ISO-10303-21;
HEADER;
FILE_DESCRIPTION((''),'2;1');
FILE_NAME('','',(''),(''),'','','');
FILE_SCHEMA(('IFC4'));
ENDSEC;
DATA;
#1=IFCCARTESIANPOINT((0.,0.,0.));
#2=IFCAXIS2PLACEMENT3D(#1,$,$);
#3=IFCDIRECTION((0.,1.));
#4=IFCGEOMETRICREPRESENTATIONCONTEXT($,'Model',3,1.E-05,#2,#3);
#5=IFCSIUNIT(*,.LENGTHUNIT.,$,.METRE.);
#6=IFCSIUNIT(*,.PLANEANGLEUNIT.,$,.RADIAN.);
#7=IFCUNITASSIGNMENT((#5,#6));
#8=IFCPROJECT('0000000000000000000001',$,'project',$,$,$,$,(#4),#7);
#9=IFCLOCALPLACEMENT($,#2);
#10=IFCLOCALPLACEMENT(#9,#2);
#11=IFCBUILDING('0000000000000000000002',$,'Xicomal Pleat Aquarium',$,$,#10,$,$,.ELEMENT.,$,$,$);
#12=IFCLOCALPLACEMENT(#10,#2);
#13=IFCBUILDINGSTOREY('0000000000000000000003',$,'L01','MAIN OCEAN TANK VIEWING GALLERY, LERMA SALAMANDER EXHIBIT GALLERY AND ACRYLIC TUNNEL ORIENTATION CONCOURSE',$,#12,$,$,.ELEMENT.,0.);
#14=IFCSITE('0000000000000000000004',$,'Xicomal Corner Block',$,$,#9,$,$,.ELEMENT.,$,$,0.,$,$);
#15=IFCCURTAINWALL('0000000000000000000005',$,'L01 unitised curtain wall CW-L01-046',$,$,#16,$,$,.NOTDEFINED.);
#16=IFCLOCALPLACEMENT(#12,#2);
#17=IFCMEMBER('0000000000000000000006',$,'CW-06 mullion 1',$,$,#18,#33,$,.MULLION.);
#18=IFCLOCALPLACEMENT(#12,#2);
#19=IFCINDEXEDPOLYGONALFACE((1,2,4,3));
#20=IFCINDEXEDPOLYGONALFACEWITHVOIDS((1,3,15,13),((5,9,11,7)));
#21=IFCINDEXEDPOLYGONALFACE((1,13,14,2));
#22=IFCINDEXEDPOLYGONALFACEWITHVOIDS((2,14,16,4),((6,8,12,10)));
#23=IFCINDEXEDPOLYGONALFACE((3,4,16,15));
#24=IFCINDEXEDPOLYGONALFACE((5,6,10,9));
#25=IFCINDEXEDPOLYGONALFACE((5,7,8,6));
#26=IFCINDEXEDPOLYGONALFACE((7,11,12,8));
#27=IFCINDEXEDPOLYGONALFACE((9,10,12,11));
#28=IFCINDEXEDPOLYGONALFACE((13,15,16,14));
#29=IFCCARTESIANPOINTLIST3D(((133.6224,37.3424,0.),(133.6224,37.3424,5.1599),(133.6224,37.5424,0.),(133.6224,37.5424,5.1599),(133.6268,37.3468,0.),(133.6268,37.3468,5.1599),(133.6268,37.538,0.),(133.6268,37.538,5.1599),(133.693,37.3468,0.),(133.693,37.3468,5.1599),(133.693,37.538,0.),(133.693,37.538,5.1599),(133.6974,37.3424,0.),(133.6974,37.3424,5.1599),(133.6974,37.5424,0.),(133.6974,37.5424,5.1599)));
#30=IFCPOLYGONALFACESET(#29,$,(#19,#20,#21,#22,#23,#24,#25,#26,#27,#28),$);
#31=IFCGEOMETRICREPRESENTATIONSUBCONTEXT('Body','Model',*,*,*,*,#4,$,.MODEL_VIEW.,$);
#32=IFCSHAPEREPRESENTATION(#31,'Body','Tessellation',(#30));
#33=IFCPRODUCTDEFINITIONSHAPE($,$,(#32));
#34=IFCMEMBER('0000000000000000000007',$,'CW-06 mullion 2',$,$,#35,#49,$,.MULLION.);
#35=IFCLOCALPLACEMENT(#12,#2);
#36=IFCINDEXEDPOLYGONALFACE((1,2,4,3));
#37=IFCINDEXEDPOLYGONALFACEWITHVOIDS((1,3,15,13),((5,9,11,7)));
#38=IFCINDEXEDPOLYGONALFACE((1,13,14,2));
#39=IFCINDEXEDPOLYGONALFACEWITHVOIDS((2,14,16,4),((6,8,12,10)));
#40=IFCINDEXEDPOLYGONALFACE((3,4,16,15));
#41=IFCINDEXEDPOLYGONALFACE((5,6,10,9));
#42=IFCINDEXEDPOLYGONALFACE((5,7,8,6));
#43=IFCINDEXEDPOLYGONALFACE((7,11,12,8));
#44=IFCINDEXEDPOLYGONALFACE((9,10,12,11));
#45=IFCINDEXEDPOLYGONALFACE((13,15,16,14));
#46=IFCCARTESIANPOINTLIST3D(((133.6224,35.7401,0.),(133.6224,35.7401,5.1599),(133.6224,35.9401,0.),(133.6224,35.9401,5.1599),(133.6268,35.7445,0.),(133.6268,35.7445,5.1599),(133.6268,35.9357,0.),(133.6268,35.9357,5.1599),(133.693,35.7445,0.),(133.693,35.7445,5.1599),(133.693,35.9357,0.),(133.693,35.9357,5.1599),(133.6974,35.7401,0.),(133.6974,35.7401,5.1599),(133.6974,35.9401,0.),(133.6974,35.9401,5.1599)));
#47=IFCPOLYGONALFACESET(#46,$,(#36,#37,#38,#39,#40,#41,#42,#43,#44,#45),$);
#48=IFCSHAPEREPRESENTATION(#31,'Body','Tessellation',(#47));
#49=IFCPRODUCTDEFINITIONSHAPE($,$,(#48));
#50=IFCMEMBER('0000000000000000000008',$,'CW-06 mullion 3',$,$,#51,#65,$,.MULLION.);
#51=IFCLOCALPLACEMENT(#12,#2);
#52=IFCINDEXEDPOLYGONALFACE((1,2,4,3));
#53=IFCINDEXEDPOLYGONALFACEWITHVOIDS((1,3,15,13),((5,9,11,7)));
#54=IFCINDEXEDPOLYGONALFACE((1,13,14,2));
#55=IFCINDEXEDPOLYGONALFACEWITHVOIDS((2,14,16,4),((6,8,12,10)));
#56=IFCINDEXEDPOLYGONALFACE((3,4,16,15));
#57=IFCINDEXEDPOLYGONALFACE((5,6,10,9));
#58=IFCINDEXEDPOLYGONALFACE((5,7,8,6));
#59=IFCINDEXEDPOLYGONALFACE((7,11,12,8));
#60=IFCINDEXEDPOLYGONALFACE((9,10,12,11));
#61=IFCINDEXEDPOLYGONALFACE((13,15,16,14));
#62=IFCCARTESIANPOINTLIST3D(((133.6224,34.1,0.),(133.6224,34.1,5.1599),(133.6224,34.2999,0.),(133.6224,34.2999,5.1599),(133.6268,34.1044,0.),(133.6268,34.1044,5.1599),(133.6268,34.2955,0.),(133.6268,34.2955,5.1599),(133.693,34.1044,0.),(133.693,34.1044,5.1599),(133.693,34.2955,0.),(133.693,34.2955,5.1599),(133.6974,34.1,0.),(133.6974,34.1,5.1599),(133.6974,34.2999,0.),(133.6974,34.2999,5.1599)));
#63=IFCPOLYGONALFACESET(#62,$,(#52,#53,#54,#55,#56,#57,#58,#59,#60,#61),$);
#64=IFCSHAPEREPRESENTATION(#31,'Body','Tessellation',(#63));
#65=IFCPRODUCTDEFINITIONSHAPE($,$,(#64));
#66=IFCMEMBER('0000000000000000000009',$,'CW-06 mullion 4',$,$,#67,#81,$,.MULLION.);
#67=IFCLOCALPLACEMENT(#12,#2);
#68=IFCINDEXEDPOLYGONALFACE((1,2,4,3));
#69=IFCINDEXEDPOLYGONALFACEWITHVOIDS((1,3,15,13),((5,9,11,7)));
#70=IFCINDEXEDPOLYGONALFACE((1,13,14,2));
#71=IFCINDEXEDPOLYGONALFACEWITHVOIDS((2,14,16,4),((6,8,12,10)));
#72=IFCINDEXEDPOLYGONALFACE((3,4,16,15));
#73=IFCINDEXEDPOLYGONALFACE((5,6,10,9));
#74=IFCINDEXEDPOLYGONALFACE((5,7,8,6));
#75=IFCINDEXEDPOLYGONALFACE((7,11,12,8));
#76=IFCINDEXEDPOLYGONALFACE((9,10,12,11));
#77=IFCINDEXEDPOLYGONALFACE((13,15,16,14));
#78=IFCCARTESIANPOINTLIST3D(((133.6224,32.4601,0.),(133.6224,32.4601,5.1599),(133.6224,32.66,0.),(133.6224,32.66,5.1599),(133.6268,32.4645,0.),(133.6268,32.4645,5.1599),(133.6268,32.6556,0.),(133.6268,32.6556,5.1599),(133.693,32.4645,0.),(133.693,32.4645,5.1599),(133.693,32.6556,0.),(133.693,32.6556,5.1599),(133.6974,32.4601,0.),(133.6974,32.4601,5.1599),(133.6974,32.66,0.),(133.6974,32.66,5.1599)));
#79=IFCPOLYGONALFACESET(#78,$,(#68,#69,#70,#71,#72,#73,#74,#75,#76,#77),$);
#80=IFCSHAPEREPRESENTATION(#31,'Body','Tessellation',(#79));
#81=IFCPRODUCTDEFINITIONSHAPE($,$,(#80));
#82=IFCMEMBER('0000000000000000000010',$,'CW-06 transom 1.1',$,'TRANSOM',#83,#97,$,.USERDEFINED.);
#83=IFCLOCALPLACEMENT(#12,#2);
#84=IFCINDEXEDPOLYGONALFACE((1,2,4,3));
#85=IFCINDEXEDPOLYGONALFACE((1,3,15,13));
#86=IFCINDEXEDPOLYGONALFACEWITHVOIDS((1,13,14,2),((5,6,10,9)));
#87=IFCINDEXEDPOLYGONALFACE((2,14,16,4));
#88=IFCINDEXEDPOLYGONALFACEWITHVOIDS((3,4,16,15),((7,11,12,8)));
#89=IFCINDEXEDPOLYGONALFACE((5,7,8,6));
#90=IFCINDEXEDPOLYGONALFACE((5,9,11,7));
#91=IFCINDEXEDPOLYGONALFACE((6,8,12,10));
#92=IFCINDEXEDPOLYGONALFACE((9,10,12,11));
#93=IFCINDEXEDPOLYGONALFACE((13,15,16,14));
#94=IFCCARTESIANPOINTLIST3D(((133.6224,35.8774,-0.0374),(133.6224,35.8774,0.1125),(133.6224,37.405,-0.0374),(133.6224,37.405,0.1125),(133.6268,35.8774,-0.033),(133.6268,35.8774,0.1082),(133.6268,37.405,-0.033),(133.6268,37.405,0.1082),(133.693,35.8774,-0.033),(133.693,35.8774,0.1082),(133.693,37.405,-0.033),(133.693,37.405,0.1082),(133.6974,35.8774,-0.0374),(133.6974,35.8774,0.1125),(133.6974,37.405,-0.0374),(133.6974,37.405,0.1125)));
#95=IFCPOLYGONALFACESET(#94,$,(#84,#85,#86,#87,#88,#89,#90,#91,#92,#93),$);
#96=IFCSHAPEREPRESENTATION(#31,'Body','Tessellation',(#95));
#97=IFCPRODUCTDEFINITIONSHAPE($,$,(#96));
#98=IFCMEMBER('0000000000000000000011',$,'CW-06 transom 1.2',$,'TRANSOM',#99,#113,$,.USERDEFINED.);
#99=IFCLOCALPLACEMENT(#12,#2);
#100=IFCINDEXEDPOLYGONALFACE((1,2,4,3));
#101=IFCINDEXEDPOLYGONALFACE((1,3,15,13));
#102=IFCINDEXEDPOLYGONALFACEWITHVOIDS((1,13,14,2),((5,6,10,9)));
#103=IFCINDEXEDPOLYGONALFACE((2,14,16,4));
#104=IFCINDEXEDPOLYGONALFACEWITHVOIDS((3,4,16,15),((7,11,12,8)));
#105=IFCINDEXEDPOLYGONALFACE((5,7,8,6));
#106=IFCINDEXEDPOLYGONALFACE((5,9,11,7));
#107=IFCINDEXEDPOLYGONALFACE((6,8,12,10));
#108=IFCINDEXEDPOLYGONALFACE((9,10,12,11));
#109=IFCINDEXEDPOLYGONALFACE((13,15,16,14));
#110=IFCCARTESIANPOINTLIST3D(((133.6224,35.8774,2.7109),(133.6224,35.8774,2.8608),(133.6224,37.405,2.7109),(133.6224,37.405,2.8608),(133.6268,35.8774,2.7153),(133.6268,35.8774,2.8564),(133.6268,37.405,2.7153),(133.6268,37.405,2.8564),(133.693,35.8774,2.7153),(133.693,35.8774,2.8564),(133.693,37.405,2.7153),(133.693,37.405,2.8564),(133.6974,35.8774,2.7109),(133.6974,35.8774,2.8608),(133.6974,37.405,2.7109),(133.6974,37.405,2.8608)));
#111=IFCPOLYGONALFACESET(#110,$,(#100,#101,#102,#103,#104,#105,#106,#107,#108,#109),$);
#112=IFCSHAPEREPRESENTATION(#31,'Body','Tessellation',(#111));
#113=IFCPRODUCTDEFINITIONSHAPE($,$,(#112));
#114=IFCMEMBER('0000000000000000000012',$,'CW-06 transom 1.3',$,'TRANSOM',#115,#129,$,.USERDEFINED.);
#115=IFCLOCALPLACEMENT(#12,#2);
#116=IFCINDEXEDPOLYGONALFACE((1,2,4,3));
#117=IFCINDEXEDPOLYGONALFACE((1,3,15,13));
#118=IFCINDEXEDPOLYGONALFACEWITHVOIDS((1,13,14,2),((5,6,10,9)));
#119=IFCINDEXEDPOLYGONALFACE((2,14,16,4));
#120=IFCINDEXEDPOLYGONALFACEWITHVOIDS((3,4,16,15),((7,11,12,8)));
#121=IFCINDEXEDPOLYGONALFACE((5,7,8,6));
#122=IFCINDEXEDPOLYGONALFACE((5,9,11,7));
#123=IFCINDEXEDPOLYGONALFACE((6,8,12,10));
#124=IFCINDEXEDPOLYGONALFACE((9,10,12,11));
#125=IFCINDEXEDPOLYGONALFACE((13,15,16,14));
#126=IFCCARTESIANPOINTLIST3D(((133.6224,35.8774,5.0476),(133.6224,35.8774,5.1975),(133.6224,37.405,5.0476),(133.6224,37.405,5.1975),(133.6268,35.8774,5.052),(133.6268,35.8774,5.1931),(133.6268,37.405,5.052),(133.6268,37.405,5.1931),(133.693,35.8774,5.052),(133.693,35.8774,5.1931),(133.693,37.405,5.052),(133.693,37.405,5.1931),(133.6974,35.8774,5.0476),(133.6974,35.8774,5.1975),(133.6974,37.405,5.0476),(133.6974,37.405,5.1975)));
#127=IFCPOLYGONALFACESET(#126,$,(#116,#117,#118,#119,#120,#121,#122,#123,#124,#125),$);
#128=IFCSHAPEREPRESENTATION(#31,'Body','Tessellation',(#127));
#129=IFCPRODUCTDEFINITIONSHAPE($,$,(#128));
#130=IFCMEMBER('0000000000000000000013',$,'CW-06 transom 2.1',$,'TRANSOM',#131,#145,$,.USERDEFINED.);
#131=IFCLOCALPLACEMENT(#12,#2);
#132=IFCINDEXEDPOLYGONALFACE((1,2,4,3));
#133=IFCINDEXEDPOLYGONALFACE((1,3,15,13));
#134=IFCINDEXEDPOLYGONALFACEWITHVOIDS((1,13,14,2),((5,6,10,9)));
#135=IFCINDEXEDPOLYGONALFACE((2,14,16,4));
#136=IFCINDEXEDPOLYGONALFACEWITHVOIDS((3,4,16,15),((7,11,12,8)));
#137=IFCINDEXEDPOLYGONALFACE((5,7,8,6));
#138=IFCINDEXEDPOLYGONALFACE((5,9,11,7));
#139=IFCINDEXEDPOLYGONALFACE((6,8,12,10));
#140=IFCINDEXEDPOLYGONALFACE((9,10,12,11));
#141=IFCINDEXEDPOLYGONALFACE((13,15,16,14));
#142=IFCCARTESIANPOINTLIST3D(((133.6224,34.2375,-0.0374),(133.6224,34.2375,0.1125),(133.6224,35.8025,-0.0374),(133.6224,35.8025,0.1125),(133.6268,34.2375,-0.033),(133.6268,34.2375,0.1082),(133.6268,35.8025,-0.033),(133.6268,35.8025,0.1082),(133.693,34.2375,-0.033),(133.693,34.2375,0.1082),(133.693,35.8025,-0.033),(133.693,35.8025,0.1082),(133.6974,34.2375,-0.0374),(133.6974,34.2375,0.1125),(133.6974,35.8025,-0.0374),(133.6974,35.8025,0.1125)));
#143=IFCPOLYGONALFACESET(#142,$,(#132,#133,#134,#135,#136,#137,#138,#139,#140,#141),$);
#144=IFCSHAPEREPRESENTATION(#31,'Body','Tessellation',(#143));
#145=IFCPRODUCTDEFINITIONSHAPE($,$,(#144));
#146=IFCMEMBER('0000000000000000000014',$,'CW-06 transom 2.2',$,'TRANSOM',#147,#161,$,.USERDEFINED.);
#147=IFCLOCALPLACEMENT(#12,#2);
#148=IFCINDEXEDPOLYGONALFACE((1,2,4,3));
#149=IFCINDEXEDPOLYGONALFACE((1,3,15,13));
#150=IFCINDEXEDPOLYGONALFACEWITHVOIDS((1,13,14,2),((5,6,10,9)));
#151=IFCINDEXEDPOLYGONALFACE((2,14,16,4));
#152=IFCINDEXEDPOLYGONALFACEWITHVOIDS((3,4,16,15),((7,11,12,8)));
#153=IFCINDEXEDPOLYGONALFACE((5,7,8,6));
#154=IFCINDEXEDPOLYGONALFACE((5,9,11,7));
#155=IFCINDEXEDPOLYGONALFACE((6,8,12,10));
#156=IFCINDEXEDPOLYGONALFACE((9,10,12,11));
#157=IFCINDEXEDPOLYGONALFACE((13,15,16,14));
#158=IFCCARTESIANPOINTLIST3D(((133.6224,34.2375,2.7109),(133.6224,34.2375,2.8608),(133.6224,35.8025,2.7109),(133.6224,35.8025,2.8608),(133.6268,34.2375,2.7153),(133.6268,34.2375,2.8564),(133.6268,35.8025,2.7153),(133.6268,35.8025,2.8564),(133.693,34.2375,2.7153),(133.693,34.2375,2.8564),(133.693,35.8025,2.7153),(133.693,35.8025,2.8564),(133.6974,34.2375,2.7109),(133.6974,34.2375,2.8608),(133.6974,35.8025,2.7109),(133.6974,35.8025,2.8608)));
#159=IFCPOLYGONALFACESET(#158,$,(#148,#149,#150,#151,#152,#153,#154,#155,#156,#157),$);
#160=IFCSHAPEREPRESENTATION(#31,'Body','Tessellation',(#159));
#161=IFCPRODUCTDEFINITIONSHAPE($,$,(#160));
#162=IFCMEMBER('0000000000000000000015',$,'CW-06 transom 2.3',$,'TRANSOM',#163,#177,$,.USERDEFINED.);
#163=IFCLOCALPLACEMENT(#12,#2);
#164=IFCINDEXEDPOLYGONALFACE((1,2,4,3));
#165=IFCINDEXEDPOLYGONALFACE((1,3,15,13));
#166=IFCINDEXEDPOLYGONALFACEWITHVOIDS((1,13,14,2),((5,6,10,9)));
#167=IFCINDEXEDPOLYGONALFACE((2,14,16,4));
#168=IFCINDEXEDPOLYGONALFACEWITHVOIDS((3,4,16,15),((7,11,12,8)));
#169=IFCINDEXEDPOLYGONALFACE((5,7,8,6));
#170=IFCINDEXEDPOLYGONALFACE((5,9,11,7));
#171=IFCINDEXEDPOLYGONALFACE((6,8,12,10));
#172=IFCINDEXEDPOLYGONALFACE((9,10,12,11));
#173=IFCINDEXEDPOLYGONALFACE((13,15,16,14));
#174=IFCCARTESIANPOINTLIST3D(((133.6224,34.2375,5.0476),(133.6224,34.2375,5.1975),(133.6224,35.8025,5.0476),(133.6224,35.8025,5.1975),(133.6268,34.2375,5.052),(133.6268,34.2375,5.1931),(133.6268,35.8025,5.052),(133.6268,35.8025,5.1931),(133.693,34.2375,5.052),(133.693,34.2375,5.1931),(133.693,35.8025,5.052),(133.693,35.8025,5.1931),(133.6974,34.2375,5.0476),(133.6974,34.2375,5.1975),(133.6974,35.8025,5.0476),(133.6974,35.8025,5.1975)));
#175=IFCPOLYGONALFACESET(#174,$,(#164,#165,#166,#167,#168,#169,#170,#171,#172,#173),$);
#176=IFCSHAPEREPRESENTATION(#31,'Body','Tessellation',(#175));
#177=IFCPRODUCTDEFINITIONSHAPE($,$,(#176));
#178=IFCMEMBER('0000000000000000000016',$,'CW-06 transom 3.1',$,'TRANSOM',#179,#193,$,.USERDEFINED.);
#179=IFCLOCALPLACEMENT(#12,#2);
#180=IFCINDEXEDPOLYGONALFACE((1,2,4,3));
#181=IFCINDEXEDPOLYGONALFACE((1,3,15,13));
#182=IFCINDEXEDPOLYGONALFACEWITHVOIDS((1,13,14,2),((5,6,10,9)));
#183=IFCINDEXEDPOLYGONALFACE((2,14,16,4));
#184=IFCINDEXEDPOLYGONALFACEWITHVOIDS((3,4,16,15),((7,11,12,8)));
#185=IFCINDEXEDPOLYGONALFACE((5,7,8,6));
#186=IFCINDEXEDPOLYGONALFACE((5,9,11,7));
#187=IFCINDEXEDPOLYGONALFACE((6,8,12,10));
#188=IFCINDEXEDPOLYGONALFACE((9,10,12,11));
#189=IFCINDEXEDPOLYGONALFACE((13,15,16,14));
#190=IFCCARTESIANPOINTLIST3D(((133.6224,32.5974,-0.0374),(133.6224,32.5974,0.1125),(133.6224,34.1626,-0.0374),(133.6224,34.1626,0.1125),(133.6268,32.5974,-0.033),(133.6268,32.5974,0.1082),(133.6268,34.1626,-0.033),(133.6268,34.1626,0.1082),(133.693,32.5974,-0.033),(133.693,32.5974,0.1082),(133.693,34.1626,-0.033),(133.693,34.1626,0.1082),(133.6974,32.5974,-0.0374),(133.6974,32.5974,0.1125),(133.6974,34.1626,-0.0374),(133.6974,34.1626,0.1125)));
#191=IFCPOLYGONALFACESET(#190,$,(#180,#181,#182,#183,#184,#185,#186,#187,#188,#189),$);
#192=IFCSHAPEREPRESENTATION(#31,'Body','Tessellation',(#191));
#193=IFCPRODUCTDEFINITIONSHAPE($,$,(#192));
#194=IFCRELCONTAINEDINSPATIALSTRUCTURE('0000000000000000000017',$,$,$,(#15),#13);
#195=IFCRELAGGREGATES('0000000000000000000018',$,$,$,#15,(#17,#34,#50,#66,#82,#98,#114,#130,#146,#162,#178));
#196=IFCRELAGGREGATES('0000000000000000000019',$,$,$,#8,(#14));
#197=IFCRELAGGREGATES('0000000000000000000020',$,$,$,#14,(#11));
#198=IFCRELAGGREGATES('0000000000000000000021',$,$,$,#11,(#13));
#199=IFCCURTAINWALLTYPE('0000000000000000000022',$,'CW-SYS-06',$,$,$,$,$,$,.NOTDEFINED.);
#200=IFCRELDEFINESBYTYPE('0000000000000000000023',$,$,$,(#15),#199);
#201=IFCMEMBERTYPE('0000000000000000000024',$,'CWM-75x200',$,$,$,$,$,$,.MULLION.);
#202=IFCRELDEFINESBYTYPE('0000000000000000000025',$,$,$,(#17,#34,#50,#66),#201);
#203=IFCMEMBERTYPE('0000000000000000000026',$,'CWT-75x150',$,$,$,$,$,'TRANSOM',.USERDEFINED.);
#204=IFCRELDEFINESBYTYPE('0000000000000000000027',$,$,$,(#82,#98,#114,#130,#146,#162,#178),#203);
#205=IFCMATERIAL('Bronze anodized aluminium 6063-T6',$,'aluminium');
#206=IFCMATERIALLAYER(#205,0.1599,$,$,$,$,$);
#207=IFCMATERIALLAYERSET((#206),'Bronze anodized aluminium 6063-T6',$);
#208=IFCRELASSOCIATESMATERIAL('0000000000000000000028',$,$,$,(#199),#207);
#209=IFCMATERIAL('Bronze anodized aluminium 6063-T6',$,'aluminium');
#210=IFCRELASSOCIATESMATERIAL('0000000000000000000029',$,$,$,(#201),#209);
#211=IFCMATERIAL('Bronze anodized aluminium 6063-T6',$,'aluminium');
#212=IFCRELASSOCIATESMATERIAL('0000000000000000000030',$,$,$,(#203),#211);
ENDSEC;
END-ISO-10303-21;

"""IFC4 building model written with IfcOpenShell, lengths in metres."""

from ifc_helpers import new_model, si_unit, direction, frame, origin, origin_2d, place, context, subcontext, project, spatial, hollow_rectangle, extrude, material, layer, layer_set, material_profile, profile_set, type_object, element, aggregate, save


model = new_model("IFC4")

# Units and contexts
model_context = context("Model", 3, precision=1e-05, world=origin(), true_north=direction((0.0, 1.0)))
body_context = subcontext(model_context, "Body", "Model", "MODEL_VIEW")
ifc_project = project(units=[si_unit("LENGTHUNIT", "METRE"), si_unit("PLANEANGLEUNIT", "RADIAN")], contexts=[model_context])

# Site, building, storey
site_placement = place(None, origin())
site = spatial("IfcSite", under=ifc_project, at=site_placement, Name="Xicomal Corner Block", CompositionType="ELEMENT", RefElevation=0.0)
building_placement = place(site_placement, origin())
building = spatial("IfcBuilding", under=site, at=building_placement, Name="Xicomal Pleat Aquarium", CompositionType="ELEMENT")
storey_placement = place(building_placement, origin())
storey = spatial("IfcBuildingStorey", under=building, at=storey_placement, Name="L01", Description="MAIN OCEAN TANK VIEWING GALLERY, LERMA SALAMANDER EXHIBIT GALLERY AND ACRYLIC TUNNEL ORIENTATION CONCOURSE", CompositionType="ELEMENT", Elevation=0.0)

# Curtain wall, members
ifc_material_1 = material(Name="Bronze anodized aluminium 6063-T6", Category="aluminium")
ifc_layer_1 = layer(ifc_material_1, 0.1599)
ifc_layer_set_1 = layer_set([ifc_layer_1], Name="Bronze anodized aluminium 6063-T6")
curtain_wall_type = type_object("IfcCurtainWallType", Name="CW-SYS-06", PredefinedType="NOTDEFINED", material=ifc_layer_set_1)
curtain_wall_placement = place(storey_placement, origin())
curtain_wall = element("IfcCurtainWall", 1, at=curtain_wall_placement, inside=storey, type_object=curtain_wall_type, Name="L01 unitised curtain wall CW-L01-046", PredefinedType="NOTDEFINED")
ifc_material_2 = material(Name="Bronze anodized aluminium 6063-T6", Category="aluminium")
ifc_material_profile_1 = material_profile(ifc_material_2, hollow_rectangle(XDim=0.075, YDim=0.2, WallThickness=0.0044, at=origin_2d()), Name="ALU MULL 75x200")
ifc_profile_set_1 = profile_set([ifc_material_profile_1], Name="Bronze anodized aluminium 6063-T6")
member_type_1 = type_object("IfcMemberType", Name="CWM-75x200", PredefinedType="MULLION", material=ifc_profile_set_1)
member_1_placement = place(storey_placement, frame((133.6599, 37.4424, 0.0), z_axis=(0.0, 0.0, 1.0), x_axis=(1.0, 0.0, 0.0)))
member_1 = element("IfcMember", 2, at=member_1_placement, type_object=member_type_1, Name="CW-06 mullion 1", PredefinedType="MULLION", context=body_context, shape_type="SweptSolid", body=[
    extrude(hollow_rectangle(XDim=0.075, YDim=0.2, WallThickness=0.0044, at=origin_2d()), origin(), (0.0, 0.0, 1.0), 5.1599),
])
member_2_placement = place(storey_placement, frame((133.6599, 35.8401, 0.0), z_axis=(0.0, 0.0, 1.0), x_axis=(1.0, 0.0, 0.0)))
member_2 = element("IfcMember", 3, at=member_2_placement, type_object=member_type_1, Name="CW-06 mullion 2", PredefinedType="MULLION", context=body_context, shape_type="SweptSolid", body=[
    extrude(hollow_rectangle(XDim=0.075, YDim=0.2, WallThickness=0.0044, at=origin_2d()), origin(), (0.0, 0.0, 1.0), 5.1599),
])
member_3_placement = place(storey_placement, frame((133.6599, 34.2, 0.0), z_axis=(0.0, 0.0, 1.0), x_axis=(1.0, 0.0, 0.0)))
member_3 = element("IfcMember", 4, at=member_3_placement, type_object=member_type_1, Name="CW-06 mullion 3", PredefinedType="MULLION", context=body_context, shape_type="SweptSolid", body=[
    extrude(hollow_rectangle(XDim=0.075, YDim=0.2, WallThickness=0.0044, at=origin_2d()), origin(), (0.0, 0.0, 1.0), 5.1599),
])
member_4_placement = place(storey_placement, frame((133.6599, 32.5601, 0.0), z_axis=(0.0, 0.0, 1.0), x_axis=(1.0, 0.0, 0.0)))
member_4 = element("IfcMember", 5, at=member_4_placement, type_object=member_type_1, Name="CW-06 mullion 4", PredefinedType="MULLION", context=body_context, shape_type="SweptSolid", body=[
    extrude(hollow_rectangle(XDim=0.075, YDim=0.2, WallThickness=0.0044, at=origin_2d()), origin(), (0.0, 0.0, 1.0), 5.1599),
])
ifc_material_3 = material(Name="Bronze anodized aluminium 6063-T6", Category="aluminium")
ifc_material_profile_2 = material_profile(ifc_material_3, hollow_rectangle(XDim=0.075, YDim=0.1499, WallThickness=0.0044, at=origin_2d()), Name="ALU TRAN 75x150")
ifc_profile_set_2 = profile_set([ifc_material_profile_2], Name="Bronze anodized aluminium 6063-T6")
member_type_2 = type_object("IfcMemberType", Name="CWT-75x150", ElementType="TRANSOM", PredefinedType="USERDEFINED", material=ifc_profile_set_2)
member_5_placement = place(storey_placement, frame((133.6599, 37.405, 0.0376), z_axis=(0.0, -1.0, 0.0), x_axis=(1.0, 0.0, 0.0)))
member_5 = element("IfcMember", 6, at=member_5_placement, type_object=member_type_2, Name="CW-06 transom 1.1", ObjectType="TRANSOM", PredefinedType="USERDEFINED", context=body_context, shape_type="SweptSolid", body=[
    extrude(hollow_rectangle(XDim=0.075, YDim=0.1499, WallThickness=0.0044, at=origin_2d()), origin(), (0.0, 0.0, 1.0), 1.5276),
])
member_6_placement = place(storey_placement, frame((133.6599, 37.405, 2.7859), z_axis=(0.0, -1.0, 0.0), x_axis=(1.0, 0.0, 0.0)))
member_6 = element("IfcMember", 7, at=member_6_placement, type_object=member_type_2, Name="CW-06 transom 1.2", ObjectType="TRANSOM", PredefinedType="USERDEFINED", context=body_context, shape_type="SweptSolid", body=[
    extrude(hollow_rectangle(XDim=0.075, YDim=0.1499, WallThickness=0.0044, at=origin_2d()), origin(), (0.0, 0.0, 1.0), 1.5276),
])
member_7_placement = place(storey_placement, frame((133.6599, 37.405, 5.1226), z_axis=(0.0, -1.0, 0.0), x_axis=(1.0, 0.0, 0.0)))
member_7 = element("IfcMember", 8, at=member_7_placement, type_object=member_type_2, Name="CW-06 transom 1.3", ObjectType="TRANSOM", PredefinedType="USERDEFINED", context=body_context, shape_type="SweptSolid", body=[
    extrude(hollow_rectangle(XDim=0.075, YDim=0.1499, WallThickness=0.0044, at=origin_2d()), origin(), (0.0, 0.0, 1.0), 1.5276),
])
member_8_placement = place(storey_placement, frame((133.6599, 35.8025, 0.0376), z_axis=(0.0, -1.0, 0.0), x_axis=(1.0, 0.0, 0.0)))
member_8 = element("IfcMember", 9, at=member_8_placement, type_object=member_type_2, Name="CW-06 transom 2.1", ObjectType="TRANSOM", PredefinedType="USERDEFINED", context=body_context, shape_type="SweptSolid", body=[
    extrude(hollow_rectangle(XDim=0.075, YDim=0.1499, WallThickness=0.0044, at=origin_2d()), origin(), (0.0, 0.0, 1.0), 1.5649),
])
member_9_placement = place(storey_placement, frame((133.6599, 35.8025, 2.7859), z_axis=(0.0, -1.0, 0.0), x_axis=(1.0, 0.0, 0.0)))
member_9 = element("IfcMember", 10, at=member_9_placement, type_object=member_type_2, Name="CW-06 transom 2.2", ObjectType="TRANSOM", PredefinedType="USERDEFINED", context=body_context, shape_type="SweptSolid", body=[
    extrude(hollow_rectangle(XDim=0.075, YDim=0.1499, WallThickness=0.0044, at=origin_2d()), origin(), (0.0, 0.0, 1.0), 1.5649),
])
member_10_placement = place(storey_placement, frame((133.6599, 35.8025, 5.1226), z_axis=(0.0, -1.0, 0.0), x_axis=(1.0, 0.0, 0.0)))
member_10 = element("IfcMember", 11, at=member_10_placement, type_object=member_type_2, Name="CW-06 transom 2.3", ObjectType="TRANSOM", PredefinedType="USERDEFINED", context=body_context, shape_type="SweptSolid", body=[
    extrude(hollow_rectangle(XDim=0.075, YDim=0.1499, WallThickness=0.0044, at=origin_2d()), origin(), (0.0, 0.0, 1.0), 1.5649),
])
member_11_placement = place(storey_placement, frame((133.6599, 34.1626, 0.0376), z_axis=(0.0, -1.0, 0.0), x_axis=(1.0, 0.0, 0.0)))
member_11 = element("IfcMember", 12, at=member_11_placement, type_object=member_type_2, Name="CW-06 transom 3.1", ObjectType="TRANSOM", PredefinedType="USERDEFINED", context=body_context, shape_type="SweptSolid", body=[
    extrude(hollow_rectangle(XDim=0.075, YDim=0.1499, WallThickness=0.0044, at=origin_2d()), origin(), (0.0, 0.0, 1.0), 1.5652),
])
aggregate(curtain_wall, [member_1, member_2, member_3, member_4, member_5, member_6, member_7, member_8, member_9, member_10, member_11])

save(model, "model.ifc")
